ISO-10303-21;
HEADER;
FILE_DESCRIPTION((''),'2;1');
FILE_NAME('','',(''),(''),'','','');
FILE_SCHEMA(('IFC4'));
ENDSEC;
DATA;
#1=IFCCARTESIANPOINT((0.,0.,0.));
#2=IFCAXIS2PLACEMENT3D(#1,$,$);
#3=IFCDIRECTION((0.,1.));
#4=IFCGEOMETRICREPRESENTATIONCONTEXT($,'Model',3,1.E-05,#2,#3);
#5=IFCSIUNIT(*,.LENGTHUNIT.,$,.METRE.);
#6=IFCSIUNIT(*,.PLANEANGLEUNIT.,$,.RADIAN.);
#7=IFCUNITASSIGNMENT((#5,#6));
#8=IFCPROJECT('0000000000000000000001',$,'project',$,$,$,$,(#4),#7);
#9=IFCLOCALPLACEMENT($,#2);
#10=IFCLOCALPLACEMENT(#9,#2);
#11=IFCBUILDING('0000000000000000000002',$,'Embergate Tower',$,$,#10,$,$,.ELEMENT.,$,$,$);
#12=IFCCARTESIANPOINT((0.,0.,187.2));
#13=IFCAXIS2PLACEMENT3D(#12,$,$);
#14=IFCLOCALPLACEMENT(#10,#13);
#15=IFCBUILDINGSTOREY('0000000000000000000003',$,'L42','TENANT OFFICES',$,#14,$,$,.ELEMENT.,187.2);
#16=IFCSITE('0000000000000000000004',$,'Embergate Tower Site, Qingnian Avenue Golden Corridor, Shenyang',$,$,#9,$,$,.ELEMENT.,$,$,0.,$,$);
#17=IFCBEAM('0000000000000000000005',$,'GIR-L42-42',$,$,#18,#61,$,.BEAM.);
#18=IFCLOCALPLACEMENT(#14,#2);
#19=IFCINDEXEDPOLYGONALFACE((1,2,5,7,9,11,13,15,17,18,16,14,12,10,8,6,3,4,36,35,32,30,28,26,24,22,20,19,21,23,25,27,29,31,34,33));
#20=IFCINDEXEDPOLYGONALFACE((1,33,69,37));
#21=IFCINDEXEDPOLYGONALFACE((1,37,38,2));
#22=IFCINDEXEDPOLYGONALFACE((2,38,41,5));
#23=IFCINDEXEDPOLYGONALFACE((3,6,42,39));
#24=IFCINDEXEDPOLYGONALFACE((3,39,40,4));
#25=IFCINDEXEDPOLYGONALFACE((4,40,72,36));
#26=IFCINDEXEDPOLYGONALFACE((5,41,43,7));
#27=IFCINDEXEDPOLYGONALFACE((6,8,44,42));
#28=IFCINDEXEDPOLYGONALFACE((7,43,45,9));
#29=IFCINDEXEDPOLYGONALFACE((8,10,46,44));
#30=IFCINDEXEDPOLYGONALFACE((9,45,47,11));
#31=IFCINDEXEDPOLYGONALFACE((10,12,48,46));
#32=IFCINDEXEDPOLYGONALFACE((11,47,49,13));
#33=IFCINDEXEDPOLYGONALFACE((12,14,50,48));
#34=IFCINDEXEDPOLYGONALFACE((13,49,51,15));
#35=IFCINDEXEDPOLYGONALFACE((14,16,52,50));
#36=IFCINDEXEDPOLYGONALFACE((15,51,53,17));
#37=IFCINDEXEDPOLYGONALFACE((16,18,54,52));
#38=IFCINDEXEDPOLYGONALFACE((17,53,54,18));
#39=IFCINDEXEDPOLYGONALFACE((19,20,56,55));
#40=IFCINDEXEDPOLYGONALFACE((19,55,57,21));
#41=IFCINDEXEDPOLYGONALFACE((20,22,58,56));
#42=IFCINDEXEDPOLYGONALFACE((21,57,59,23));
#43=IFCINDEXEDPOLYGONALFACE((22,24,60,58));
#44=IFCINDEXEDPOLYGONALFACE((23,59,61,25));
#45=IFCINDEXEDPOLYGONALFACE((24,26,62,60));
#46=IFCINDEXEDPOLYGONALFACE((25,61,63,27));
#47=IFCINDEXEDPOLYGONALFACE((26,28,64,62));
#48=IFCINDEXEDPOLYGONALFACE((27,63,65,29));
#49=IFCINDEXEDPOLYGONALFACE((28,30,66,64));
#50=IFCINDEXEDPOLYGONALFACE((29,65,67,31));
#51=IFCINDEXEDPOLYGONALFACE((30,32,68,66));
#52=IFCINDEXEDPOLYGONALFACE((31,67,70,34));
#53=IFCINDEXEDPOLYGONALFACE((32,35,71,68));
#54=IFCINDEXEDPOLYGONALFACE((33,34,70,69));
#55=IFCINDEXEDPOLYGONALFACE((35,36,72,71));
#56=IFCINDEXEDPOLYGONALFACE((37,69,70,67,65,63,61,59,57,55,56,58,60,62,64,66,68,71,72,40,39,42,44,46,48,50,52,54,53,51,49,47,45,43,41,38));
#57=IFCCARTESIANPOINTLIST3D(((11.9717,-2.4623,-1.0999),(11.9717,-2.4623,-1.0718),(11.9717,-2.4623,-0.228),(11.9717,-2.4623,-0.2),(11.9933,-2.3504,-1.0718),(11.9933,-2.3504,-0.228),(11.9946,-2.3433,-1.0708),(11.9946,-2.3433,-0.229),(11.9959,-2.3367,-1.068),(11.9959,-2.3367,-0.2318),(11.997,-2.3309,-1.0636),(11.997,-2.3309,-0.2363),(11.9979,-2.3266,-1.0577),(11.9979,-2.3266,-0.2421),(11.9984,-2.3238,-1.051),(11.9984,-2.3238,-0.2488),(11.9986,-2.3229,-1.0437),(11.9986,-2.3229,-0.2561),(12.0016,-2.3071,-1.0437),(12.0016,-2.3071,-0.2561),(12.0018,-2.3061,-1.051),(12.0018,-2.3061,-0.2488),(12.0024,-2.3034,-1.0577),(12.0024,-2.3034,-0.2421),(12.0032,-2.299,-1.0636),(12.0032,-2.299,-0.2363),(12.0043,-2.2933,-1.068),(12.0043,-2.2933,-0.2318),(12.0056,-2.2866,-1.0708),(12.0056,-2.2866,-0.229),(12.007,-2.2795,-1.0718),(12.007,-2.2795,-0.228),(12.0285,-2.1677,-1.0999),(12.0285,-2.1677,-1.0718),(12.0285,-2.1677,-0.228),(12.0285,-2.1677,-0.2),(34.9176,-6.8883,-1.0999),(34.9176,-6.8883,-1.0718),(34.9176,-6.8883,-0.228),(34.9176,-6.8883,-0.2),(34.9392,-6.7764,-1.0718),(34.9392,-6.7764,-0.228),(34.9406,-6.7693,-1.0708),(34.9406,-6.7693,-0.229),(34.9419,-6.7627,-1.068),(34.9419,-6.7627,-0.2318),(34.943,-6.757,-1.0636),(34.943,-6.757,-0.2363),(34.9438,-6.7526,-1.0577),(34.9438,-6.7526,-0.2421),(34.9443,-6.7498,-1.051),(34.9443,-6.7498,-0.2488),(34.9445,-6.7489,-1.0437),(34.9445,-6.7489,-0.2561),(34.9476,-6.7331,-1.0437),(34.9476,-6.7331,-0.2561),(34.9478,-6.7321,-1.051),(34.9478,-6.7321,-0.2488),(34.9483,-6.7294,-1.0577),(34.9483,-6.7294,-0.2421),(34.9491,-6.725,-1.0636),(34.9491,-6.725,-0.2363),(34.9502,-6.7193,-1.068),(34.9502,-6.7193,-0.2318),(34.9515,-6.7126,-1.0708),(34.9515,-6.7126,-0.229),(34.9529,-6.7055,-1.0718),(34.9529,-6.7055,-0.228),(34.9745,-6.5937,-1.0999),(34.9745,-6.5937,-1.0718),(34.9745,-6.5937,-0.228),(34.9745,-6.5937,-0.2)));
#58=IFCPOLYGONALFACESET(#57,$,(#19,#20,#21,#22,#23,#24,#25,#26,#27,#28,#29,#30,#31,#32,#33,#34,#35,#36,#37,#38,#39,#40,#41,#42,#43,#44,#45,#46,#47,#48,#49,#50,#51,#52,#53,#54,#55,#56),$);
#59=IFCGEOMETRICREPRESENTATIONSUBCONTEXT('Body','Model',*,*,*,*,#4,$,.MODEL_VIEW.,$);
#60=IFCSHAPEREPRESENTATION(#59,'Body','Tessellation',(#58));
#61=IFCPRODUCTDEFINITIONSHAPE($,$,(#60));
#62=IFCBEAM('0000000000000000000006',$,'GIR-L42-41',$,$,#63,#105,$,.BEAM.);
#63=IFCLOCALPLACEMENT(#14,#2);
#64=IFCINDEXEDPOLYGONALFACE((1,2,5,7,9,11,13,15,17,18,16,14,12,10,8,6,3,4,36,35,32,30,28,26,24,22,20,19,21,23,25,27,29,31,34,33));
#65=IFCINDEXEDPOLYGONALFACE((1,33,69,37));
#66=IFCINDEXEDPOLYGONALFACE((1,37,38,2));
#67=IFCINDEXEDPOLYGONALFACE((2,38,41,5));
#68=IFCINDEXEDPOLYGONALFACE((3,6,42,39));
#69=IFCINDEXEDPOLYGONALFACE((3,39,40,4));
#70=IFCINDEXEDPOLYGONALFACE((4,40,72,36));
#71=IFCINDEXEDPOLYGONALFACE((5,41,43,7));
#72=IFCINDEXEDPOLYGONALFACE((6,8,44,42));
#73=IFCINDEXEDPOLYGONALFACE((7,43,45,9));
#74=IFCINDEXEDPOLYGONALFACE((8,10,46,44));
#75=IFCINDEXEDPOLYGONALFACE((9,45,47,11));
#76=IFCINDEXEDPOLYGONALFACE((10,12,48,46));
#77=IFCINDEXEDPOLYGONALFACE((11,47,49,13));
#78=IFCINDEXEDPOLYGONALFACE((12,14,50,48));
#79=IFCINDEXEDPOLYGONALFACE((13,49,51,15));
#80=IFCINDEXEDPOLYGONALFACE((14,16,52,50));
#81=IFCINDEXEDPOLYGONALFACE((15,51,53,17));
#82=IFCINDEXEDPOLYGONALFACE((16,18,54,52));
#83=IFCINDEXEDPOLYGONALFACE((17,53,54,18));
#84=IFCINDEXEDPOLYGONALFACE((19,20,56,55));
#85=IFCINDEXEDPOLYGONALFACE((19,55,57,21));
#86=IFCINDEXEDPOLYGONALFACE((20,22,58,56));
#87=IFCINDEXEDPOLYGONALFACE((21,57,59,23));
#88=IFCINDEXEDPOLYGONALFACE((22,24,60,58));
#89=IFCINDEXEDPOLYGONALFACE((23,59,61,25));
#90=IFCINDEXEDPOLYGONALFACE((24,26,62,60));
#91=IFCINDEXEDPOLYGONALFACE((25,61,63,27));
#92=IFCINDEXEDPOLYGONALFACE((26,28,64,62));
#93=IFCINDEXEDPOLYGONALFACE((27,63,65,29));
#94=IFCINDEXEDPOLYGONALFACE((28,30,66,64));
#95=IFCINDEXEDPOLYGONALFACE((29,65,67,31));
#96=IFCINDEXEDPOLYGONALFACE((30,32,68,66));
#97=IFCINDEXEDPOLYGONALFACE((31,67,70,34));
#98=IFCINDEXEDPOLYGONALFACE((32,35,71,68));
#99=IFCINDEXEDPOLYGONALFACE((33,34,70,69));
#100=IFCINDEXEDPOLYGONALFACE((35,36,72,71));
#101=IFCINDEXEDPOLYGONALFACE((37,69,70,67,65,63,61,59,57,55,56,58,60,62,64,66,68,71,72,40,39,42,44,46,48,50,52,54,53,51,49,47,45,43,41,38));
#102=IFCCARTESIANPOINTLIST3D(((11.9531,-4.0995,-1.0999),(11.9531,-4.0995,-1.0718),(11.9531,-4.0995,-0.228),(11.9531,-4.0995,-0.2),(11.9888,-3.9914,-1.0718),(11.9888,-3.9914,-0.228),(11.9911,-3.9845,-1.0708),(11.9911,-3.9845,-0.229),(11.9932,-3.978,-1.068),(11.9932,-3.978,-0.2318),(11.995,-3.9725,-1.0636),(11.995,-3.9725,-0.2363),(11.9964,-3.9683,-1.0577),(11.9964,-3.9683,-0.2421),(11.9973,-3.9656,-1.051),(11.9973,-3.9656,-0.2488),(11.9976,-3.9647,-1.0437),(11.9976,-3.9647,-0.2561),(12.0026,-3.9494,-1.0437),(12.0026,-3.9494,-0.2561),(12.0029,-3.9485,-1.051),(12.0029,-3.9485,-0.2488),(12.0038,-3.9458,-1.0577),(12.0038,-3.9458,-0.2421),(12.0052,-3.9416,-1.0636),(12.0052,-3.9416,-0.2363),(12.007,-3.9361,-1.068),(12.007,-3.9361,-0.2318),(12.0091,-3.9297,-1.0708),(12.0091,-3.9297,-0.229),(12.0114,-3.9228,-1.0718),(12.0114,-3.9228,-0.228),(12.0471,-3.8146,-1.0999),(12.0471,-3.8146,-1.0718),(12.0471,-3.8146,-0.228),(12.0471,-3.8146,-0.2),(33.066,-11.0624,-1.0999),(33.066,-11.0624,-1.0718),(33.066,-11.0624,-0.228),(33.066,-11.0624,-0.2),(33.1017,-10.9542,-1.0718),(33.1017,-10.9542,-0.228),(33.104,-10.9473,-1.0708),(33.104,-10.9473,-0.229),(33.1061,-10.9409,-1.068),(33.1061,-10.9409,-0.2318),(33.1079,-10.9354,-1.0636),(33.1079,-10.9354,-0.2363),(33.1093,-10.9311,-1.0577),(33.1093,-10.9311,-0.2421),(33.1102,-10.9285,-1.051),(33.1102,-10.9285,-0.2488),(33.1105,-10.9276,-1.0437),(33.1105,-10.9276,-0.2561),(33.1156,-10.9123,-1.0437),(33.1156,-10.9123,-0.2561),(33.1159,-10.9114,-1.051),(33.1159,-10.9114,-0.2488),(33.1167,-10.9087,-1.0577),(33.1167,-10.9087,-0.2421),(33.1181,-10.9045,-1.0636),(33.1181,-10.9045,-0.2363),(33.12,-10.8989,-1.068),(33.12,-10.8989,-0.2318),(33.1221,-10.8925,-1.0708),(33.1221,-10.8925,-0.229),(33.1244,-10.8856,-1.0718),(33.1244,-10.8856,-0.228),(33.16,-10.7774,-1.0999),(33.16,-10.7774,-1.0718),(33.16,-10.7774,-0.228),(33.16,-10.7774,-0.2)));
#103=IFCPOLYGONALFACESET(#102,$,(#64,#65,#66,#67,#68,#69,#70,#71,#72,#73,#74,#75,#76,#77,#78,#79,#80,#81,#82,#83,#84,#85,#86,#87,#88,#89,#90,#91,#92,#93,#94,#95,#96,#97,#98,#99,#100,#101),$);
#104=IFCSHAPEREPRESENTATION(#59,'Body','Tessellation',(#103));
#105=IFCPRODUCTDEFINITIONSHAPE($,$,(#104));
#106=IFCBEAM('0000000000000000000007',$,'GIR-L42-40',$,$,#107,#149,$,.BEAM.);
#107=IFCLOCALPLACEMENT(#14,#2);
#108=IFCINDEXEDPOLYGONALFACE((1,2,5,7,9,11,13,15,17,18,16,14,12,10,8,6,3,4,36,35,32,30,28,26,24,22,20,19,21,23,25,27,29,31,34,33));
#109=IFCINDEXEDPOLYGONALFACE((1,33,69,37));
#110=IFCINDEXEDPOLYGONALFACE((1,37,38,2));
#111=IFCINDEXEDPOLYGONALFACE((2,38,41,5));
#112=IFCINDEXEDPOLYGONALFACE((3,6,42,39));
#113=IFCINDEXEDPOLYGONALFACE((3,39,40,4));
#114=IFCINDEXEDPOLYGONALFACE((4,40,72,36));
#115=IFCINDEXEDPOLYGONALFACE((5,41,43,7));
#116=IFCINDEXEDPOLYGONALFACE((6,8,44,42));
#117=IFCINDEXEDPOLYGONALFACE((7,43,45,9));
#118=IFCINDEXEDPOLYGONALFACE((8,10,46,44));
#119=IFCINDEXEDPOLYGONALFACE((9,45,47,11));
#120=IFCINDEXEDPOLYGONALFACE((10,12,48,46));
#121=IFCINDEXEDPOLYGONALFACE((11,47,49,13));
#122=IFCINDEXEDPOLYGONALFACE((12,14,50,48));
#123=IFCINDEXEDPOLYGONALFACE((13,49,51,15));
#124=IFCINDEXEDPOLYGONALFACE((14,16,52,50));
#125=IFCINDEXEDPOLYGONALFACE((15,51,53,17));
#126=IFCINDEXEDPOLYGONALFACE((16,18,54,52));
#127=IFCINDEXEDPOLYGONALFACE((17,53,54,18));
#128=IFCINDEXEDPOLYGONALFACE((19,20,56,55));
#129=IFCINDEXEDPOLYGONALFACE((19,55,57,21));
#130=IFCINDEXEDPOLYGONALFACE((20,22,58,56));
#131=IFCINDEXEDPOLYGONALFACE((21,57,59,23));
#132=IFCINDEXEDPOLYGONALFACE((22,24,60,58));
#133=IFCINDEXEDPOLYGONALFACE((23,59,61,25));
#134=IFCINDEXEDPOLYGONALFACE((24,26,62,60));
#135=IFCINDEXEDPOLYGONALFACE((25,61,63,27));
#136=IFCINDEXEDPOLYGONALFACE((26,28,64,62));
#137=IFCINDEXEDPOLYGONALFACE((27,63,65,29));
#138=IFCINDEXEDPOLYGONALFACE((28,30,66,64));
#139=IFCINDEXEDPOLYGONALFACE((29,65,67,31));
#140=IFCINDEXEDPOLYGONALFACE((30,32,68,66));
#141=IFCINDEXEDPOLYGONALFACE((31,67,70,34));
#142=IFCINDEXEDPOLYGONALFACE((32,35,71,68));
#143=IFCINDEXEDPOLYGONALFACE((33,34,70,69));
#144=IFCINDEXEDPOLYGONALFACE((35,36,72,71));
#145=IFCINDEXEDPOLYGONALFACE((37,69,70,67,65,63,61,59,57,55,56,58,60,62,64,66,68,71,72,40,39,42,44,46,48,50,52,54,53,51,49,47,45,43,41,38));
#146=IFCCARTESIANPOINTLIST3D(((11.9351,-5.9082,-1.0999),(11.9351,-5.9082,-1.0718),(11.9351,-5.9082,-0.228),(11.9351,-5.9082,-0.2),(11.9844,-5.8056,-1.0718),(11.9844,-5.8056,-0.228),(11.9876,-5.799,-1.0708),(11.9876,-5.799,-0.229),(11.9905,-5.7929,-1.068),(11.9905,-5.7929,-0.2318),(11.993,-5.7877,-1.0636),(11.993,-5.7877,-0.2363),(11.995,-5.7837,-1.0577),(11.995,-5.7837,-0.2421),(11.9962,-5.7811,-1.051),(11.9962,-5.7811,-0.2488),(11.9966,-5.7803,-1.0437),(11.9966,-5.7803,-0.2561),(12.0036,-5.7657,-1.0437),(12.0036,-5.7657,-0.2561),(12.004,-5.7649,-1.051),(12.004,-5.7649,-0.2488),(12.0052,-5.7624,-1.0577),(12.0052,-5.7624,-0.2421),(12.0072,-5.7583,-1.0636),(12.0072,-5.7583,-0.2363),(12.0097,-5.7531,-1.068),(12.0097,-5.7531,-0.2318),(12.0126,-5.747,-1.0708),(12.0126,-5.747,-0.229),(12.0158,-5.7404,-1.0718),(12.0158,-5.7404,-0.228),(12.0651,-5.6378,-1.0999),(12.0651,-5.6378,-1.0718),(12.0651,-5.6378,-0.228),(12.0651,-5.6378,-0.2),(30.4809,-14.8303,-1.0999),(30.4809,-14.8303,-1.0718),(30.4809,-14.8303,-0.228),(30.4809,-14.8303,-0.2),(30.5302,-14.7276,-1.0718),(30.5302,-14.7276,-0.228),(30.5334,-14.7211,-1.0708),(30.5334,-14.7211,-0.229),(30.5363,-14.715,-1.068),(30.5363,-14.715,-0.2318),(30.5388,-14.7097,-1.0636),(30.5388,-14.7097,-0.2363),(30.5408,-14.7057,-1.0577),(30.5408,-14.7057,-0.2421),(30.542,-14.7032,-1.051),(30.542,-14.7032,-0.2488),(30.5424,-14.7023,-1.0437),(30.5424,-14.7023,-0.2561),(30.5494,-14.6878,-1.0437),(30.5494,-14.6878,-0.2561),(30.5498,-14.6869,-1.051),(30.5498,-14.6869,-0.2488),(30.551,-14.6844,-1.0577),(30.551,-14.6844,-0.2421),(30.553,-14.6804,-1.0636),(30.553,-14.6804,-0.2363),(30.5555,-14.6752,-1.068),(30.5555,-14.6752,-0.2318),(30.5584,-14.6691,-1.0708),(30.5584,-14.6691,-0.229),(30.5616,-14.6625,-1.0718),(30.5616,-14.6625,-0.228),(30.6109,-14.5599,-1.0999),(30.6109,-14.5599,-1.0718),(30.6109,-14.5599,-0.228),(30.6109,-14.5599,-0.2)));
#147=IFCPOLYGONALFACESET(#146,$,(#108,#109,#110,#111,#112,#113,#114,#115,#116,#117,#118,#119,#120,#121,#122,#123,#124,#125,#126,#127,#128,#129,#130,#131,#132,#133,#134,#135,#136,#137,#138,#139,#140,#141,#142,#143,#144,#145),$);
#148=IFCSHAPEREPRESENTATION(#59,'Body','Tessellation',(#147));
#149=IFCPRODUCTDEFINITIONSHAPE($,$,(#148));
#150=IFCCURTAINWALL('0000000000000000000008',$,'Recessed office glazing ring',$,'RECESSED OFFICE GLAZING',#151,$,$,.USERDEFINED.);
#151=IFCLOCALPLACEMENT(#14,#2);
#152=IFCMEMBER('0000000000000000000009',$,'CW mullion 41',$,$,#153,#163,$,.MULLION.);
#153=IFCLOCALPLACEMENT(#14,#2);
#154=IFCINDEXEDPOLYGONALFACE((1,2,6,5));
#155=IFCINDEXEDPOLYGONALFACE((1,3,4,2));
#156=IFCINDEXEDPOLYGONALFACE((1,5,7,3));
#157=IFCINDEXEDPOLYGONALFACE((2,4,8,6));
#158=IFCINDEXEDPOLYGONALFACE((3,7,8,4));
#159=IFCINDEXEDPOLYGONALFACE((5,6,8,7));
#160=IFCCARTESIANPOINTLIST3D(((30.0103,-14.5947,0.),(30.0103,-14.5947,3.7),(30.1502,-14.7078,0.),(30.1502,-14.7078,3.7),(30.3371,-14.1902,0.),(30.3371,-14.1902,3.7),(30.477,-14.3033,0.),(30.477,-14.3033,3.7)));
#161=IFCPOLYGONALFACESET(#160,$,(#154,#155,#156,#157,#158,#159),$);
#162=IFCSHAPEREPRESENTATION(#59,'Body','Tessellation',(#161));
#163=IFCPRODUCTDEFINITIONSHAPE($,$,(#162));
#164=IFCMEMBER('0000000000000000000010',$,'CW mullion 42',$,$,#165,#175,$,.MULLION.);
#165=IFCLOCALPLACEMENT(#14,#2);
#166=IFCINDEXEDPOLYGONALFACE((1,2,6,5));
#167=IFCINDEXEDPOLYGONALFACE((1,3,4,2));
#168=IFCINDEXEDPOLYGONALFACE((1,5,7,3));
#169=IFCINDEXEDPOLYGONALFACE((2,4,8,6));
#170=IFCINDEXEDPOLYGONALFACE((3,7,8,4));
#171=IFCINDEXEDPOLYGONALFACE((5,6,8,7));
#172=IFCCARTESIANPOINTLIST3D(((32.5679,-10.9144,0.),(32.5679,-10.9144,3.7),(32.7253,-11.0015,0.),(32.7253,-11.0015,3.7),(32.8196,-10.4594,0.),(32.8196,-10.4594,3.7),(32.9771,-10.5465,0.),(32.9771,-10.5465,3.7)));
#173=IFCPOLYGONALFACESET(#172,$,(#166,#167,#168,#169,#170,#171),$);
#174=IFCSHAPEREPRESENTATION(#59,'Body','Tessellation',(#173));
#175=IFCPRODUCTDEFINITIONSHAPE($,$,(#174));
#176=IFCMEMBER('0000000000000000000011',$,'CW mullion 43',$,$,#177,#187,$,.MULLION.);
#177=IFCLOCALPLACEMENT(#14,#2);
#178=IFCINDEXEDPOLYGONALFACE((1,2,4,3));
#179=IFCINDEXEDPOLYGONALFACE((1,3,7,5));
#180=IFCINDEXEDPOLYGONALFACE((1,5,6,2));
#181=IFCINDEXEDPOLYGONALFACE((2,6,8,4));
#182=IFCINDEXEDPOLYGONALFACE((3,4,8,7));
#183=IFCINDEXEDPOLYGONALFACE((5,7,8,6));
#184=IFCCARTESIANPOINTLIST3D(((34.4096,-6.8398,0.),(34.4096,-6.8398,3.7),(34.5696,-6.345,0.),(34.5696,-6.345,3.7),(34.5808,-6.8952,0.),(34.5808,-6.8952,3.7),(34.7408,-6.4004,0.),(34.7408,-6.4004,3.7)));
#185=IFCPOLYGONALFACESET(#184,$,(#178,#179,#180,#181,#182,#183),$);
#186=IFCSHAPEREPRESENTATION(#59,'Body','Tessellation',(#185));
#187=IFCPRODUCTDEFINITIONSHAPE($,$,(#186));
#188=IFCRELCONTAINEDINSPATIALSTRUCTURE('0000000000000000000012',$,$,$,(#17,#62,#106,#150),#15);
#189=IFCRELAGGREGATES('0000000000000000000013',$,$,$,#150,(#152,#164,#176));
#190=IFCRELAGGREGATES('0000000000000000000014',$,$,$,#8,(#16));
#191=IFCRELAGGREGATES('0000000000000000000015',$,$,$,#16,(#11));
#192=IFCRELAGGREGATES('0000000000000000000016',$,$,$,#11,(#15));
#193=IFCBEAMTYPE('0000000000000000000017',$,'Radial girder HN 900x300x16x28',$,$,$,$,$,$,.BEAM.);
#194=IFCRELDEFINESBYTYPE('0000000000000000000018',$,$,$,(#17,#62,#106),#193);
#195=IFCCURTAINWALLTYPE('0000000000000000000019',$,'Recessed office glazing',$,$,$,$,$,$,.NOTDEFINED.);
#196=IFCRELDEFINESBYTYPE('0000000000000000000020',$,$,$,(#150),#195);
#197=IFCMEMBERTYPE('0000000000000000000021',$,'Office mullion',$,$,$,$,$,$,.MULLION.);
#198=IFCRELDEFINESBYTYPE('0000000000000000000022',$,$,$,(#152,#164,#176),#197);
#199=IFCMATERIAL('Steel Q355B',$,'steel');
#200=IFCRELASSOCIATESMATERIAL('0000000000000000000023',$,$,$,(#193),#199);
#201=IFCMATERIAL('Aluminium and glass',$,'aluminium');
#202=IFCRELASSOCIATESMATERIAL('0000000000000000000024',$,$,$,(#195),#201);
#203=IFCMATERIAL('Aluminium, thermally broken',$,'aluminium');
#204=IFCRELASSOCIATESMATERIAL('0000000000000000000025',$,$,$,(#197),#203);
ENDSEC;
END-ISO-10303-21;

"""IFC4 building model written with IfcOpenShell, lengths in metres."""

from ifc_helpers import new_model, si_unit, direction, frame, origin, origin_2d, place, context, subcontext, project, spatial, rectangle, i_section, extrude, source, transform, mapped, material, material_profile, profile_set, type_object, element, aggregate, save


model = new_model("IFC4")

# Units and contexts
model_context = context("Model", 3, precision=1e-05, world=origin(), true_north=direction((0.0, 1.0)))
body_context = subcontext(model_context, "Body", "Model", "MODEL_VIEW")
ifc_project = project(units=[si_unit("LENGTHUNIT", "METRE"), si_unit("PLANEANGLEUNIT", "RADIAN")], contexts=[model_context])

# Site, building, storey
site_placement = place(None, origin())
site = spatial("IfcSite", under=ifc_project, at=site_placement, Name="Embergate Tower Site, Qingnian Avenue Golden Corridor, Shenyang", CompositionType="ELEMENT", RefElevation=0.0)
building_placement = place(site_placement, origin())
building = spatial("IfcBuilding", under=site, at=building_placement, Name="Embergate Tower", CompositionType="ELEMENT")
storey_placement = place(building_placement, frame((0.0, 0.0, 187.2)))
storey = spatial("IfcBuildingStorey", under=building, at=storey_placement, Name="L42", Description="TENANT OFFICES", CompositionType="ELEMENT", Elevation=187.2)

# Beams
ifc_material_1 = material(Name="Steel Q355B", Category="steel")
ifc_material_profile_1 = material_profile(ifc_material_1, i_section(OverallWidth=0.3, OverallDepth=0.8999, WebThickness=0.0161, FlangeThickness=0.0281, FilletRadius=0.0281, at=origin_2d()), Name="HN 900x300x16x28")
ifc_profile_set_1 = profile_set([ifc_material_profile_1], Name="Steel Q355 grade B")
beam_type_1 = type_object("IfcBeamType", Name="Radial girder HN 900x300x16x28", PredefinedType="BEAM", material=ifc_profile_set_1)
shared_shape_1 = source(origin(), body_context, "Body", "SweptSolid", [
    extrude(i_section(OverallWidth=0.3, OverallDepth=0.8999, WebThickness=0.0161, FlangeThickness=0.0281, FilletRadius=0.0281, at=origin_2d()), origin(), (0.0, 0.0, 1.0), 23.3689),
])
beam_1_placement = place(storey_placement, frame((34.946, -6.741, -0.6499), z_axis=(-0.981901, 0.189397, 0.0), x_axis=(-0.189397, -0.981901, 0.0)))
element("IfcBeam", 1, at=beam_1_placement, inside=storey, type_object=beam_type_1, Name="GIR-L42-42", PredefinedType="BEAM", context=body_context, shape_type="MappedRepresentation", body=[
    mapped(shared_shape_1, transform((0.0, 0.0, 0.0))),
])
shared_shape_2 = source(origin(), body_context, "Body", "SweptSolid", [
    extrude(i_section(OverallWidth=0.3, OverallDepth=0.8999, WebThickness=0.0161, FlangeThickness=0.0281, FilletRadius=0.0281, at=origin_2d()), origin(), (0.0, 0.0, 1.0), 22.2314),
])
beam_2_placement = place(storey_placement, frame((33.113, -10.9199, -0.6499), z_axis=(-0.949688, 0.313198, 0.0), x_axis=(-0.313198, -0.949688, 0.0)))
element("IfcBeam", 2, at=beam_2_placement, inside=storey, type_object=beam_type_1, Name="GIR-L42-41", PredefinedType="BEAM", context=body_context, shape_type="MappedRepresentation", body=[
    mapped(shared_shape_2, transform((0.0, 0.0, 0.0))),
])
shared_shape_3 = source(origin(), body_context, "Body", "SweptSolid", [
    extrude(i_section(OverallWidth=0.3, OverallDepth=0.8999, WebThickness=0.0161, FlangeThickness=0.0281, FilletRadius=0.0281, at=origin_2d()), origin(), (0.0, 0.0, 1.0), 20.5803),
])
beam_3_placement = place(storey_placement, frame((30.5459, -14.6951, -0.6499), z_axis=(-0.901142, 0.433524, 0.0), x_axis=(-0.433524, -0.901142, 0.0)))
element("IfcBeam", 3, at=beam_3_placement, inside=storey, type_object=beam_type_1, Name="GIR-L42-40", PredefinedType="BEAM", context=body_context, shape_type="MappedRepresentation", body=[
    mapped(shared_shape_3, transform((0.0, 0.0, 0.0))),
])

# Curtain wall, members
ifc_material_2 = material(Name="Aluminium and glass", Category="aluminium")
curtain_wall_type = type_object("IfcCurtainWallType", Name="Recessed office glazing", PredefinedType="NOTDEFINED", material=ifc_material_2)
curtain_wall_placement = place(storey_placement, origin())
curtain_wall = element("IfcCurtainWall", 4, at=curtain_wall_placement, inside=storey, type_object=curtain_wall_type, Name="Recessed office glazing ring", ObjectType="RECESSED OFFICE GLAZING", PredefinedType="USERDEFINED")
ifc_material_3 = material(Name="Aluminium, thermally broken", Category="aluminium")
ifc_material_profile_2 = material_profile(ifc_material_3, rectangle(XDim=0.1799, YDim=0.52, at=origin_2d()), Name="AL 520x180")
ifc_profile_set_2 = profile_set([ifc_material_profile_2], Name="Aluminium, thermally broken")
member_type_1 = type_object("IfcMemberType", Name="Office mullion", PredefinedType="MULLION", material=ifc_profile_set_2)
shared_shape_4 = source(origin(), body_context, "Body", "SweptSolid", [
    extrude(rectangle(XDim=0.1799, YDim=0.52, at=origin_2d()), origin(), (0.0, 0.0, 1.0), 3.7),
])
member_1_placement = place(storey_placement, frame((30.2437, -14.449, 0.0), z_axis=(0.0, 0.0, 1.0), x_axis=(-0.777874, 0.628421, 0.0)))
member_1 = element("IfcMember", 5, at=member_1_placement, type_object=member_type_1, Name="CW mullion 41", PredefinedType="MULLION", context=body_context, shape_type="MappedRepresentation", body=[
    mapped(shared_shape_4, transform((0.0, 0.0, 0.0))),
])
member_2_placement = place(storey_placement, frame((32.7725, -10.7305, 0.0), z_axis=(0.0, 0.0, 1.0), x_axis=(-0.875003, 0.484118, 0.0)))
member_2 = element("IfcMember", 6, at=member_2_placement, type_object=member_type_1, Name="CW mullion 42", PredefinedType="MULLION", context=body_context, shape_type="MappedRepresentation", body=[
    mapped(shared_shape_4, transform((0.0, 0.0, 0.0))),
])
member_3_placement = place(storey_placement, frame((34.5752, -6.6201, 0.0), z_axis=(0.0, 0.0, 1.0), x_axis=(-0.951498, 0.307656, 0.0)))
member_3 = element("IfcMember", 7, at=member_3_placement, type_object=member_type_1, Name="CW mullion 43", PredefinedType="MULLION", context=body_context, shape_type="MappedRepresentation", body=[
    mapped(shared_shape_4, transform((0.0, 0.0, 0.0))),
])
aggregate(curtain_wall, [member_1, member_2, member_3])

save(model, "model.ifc")
